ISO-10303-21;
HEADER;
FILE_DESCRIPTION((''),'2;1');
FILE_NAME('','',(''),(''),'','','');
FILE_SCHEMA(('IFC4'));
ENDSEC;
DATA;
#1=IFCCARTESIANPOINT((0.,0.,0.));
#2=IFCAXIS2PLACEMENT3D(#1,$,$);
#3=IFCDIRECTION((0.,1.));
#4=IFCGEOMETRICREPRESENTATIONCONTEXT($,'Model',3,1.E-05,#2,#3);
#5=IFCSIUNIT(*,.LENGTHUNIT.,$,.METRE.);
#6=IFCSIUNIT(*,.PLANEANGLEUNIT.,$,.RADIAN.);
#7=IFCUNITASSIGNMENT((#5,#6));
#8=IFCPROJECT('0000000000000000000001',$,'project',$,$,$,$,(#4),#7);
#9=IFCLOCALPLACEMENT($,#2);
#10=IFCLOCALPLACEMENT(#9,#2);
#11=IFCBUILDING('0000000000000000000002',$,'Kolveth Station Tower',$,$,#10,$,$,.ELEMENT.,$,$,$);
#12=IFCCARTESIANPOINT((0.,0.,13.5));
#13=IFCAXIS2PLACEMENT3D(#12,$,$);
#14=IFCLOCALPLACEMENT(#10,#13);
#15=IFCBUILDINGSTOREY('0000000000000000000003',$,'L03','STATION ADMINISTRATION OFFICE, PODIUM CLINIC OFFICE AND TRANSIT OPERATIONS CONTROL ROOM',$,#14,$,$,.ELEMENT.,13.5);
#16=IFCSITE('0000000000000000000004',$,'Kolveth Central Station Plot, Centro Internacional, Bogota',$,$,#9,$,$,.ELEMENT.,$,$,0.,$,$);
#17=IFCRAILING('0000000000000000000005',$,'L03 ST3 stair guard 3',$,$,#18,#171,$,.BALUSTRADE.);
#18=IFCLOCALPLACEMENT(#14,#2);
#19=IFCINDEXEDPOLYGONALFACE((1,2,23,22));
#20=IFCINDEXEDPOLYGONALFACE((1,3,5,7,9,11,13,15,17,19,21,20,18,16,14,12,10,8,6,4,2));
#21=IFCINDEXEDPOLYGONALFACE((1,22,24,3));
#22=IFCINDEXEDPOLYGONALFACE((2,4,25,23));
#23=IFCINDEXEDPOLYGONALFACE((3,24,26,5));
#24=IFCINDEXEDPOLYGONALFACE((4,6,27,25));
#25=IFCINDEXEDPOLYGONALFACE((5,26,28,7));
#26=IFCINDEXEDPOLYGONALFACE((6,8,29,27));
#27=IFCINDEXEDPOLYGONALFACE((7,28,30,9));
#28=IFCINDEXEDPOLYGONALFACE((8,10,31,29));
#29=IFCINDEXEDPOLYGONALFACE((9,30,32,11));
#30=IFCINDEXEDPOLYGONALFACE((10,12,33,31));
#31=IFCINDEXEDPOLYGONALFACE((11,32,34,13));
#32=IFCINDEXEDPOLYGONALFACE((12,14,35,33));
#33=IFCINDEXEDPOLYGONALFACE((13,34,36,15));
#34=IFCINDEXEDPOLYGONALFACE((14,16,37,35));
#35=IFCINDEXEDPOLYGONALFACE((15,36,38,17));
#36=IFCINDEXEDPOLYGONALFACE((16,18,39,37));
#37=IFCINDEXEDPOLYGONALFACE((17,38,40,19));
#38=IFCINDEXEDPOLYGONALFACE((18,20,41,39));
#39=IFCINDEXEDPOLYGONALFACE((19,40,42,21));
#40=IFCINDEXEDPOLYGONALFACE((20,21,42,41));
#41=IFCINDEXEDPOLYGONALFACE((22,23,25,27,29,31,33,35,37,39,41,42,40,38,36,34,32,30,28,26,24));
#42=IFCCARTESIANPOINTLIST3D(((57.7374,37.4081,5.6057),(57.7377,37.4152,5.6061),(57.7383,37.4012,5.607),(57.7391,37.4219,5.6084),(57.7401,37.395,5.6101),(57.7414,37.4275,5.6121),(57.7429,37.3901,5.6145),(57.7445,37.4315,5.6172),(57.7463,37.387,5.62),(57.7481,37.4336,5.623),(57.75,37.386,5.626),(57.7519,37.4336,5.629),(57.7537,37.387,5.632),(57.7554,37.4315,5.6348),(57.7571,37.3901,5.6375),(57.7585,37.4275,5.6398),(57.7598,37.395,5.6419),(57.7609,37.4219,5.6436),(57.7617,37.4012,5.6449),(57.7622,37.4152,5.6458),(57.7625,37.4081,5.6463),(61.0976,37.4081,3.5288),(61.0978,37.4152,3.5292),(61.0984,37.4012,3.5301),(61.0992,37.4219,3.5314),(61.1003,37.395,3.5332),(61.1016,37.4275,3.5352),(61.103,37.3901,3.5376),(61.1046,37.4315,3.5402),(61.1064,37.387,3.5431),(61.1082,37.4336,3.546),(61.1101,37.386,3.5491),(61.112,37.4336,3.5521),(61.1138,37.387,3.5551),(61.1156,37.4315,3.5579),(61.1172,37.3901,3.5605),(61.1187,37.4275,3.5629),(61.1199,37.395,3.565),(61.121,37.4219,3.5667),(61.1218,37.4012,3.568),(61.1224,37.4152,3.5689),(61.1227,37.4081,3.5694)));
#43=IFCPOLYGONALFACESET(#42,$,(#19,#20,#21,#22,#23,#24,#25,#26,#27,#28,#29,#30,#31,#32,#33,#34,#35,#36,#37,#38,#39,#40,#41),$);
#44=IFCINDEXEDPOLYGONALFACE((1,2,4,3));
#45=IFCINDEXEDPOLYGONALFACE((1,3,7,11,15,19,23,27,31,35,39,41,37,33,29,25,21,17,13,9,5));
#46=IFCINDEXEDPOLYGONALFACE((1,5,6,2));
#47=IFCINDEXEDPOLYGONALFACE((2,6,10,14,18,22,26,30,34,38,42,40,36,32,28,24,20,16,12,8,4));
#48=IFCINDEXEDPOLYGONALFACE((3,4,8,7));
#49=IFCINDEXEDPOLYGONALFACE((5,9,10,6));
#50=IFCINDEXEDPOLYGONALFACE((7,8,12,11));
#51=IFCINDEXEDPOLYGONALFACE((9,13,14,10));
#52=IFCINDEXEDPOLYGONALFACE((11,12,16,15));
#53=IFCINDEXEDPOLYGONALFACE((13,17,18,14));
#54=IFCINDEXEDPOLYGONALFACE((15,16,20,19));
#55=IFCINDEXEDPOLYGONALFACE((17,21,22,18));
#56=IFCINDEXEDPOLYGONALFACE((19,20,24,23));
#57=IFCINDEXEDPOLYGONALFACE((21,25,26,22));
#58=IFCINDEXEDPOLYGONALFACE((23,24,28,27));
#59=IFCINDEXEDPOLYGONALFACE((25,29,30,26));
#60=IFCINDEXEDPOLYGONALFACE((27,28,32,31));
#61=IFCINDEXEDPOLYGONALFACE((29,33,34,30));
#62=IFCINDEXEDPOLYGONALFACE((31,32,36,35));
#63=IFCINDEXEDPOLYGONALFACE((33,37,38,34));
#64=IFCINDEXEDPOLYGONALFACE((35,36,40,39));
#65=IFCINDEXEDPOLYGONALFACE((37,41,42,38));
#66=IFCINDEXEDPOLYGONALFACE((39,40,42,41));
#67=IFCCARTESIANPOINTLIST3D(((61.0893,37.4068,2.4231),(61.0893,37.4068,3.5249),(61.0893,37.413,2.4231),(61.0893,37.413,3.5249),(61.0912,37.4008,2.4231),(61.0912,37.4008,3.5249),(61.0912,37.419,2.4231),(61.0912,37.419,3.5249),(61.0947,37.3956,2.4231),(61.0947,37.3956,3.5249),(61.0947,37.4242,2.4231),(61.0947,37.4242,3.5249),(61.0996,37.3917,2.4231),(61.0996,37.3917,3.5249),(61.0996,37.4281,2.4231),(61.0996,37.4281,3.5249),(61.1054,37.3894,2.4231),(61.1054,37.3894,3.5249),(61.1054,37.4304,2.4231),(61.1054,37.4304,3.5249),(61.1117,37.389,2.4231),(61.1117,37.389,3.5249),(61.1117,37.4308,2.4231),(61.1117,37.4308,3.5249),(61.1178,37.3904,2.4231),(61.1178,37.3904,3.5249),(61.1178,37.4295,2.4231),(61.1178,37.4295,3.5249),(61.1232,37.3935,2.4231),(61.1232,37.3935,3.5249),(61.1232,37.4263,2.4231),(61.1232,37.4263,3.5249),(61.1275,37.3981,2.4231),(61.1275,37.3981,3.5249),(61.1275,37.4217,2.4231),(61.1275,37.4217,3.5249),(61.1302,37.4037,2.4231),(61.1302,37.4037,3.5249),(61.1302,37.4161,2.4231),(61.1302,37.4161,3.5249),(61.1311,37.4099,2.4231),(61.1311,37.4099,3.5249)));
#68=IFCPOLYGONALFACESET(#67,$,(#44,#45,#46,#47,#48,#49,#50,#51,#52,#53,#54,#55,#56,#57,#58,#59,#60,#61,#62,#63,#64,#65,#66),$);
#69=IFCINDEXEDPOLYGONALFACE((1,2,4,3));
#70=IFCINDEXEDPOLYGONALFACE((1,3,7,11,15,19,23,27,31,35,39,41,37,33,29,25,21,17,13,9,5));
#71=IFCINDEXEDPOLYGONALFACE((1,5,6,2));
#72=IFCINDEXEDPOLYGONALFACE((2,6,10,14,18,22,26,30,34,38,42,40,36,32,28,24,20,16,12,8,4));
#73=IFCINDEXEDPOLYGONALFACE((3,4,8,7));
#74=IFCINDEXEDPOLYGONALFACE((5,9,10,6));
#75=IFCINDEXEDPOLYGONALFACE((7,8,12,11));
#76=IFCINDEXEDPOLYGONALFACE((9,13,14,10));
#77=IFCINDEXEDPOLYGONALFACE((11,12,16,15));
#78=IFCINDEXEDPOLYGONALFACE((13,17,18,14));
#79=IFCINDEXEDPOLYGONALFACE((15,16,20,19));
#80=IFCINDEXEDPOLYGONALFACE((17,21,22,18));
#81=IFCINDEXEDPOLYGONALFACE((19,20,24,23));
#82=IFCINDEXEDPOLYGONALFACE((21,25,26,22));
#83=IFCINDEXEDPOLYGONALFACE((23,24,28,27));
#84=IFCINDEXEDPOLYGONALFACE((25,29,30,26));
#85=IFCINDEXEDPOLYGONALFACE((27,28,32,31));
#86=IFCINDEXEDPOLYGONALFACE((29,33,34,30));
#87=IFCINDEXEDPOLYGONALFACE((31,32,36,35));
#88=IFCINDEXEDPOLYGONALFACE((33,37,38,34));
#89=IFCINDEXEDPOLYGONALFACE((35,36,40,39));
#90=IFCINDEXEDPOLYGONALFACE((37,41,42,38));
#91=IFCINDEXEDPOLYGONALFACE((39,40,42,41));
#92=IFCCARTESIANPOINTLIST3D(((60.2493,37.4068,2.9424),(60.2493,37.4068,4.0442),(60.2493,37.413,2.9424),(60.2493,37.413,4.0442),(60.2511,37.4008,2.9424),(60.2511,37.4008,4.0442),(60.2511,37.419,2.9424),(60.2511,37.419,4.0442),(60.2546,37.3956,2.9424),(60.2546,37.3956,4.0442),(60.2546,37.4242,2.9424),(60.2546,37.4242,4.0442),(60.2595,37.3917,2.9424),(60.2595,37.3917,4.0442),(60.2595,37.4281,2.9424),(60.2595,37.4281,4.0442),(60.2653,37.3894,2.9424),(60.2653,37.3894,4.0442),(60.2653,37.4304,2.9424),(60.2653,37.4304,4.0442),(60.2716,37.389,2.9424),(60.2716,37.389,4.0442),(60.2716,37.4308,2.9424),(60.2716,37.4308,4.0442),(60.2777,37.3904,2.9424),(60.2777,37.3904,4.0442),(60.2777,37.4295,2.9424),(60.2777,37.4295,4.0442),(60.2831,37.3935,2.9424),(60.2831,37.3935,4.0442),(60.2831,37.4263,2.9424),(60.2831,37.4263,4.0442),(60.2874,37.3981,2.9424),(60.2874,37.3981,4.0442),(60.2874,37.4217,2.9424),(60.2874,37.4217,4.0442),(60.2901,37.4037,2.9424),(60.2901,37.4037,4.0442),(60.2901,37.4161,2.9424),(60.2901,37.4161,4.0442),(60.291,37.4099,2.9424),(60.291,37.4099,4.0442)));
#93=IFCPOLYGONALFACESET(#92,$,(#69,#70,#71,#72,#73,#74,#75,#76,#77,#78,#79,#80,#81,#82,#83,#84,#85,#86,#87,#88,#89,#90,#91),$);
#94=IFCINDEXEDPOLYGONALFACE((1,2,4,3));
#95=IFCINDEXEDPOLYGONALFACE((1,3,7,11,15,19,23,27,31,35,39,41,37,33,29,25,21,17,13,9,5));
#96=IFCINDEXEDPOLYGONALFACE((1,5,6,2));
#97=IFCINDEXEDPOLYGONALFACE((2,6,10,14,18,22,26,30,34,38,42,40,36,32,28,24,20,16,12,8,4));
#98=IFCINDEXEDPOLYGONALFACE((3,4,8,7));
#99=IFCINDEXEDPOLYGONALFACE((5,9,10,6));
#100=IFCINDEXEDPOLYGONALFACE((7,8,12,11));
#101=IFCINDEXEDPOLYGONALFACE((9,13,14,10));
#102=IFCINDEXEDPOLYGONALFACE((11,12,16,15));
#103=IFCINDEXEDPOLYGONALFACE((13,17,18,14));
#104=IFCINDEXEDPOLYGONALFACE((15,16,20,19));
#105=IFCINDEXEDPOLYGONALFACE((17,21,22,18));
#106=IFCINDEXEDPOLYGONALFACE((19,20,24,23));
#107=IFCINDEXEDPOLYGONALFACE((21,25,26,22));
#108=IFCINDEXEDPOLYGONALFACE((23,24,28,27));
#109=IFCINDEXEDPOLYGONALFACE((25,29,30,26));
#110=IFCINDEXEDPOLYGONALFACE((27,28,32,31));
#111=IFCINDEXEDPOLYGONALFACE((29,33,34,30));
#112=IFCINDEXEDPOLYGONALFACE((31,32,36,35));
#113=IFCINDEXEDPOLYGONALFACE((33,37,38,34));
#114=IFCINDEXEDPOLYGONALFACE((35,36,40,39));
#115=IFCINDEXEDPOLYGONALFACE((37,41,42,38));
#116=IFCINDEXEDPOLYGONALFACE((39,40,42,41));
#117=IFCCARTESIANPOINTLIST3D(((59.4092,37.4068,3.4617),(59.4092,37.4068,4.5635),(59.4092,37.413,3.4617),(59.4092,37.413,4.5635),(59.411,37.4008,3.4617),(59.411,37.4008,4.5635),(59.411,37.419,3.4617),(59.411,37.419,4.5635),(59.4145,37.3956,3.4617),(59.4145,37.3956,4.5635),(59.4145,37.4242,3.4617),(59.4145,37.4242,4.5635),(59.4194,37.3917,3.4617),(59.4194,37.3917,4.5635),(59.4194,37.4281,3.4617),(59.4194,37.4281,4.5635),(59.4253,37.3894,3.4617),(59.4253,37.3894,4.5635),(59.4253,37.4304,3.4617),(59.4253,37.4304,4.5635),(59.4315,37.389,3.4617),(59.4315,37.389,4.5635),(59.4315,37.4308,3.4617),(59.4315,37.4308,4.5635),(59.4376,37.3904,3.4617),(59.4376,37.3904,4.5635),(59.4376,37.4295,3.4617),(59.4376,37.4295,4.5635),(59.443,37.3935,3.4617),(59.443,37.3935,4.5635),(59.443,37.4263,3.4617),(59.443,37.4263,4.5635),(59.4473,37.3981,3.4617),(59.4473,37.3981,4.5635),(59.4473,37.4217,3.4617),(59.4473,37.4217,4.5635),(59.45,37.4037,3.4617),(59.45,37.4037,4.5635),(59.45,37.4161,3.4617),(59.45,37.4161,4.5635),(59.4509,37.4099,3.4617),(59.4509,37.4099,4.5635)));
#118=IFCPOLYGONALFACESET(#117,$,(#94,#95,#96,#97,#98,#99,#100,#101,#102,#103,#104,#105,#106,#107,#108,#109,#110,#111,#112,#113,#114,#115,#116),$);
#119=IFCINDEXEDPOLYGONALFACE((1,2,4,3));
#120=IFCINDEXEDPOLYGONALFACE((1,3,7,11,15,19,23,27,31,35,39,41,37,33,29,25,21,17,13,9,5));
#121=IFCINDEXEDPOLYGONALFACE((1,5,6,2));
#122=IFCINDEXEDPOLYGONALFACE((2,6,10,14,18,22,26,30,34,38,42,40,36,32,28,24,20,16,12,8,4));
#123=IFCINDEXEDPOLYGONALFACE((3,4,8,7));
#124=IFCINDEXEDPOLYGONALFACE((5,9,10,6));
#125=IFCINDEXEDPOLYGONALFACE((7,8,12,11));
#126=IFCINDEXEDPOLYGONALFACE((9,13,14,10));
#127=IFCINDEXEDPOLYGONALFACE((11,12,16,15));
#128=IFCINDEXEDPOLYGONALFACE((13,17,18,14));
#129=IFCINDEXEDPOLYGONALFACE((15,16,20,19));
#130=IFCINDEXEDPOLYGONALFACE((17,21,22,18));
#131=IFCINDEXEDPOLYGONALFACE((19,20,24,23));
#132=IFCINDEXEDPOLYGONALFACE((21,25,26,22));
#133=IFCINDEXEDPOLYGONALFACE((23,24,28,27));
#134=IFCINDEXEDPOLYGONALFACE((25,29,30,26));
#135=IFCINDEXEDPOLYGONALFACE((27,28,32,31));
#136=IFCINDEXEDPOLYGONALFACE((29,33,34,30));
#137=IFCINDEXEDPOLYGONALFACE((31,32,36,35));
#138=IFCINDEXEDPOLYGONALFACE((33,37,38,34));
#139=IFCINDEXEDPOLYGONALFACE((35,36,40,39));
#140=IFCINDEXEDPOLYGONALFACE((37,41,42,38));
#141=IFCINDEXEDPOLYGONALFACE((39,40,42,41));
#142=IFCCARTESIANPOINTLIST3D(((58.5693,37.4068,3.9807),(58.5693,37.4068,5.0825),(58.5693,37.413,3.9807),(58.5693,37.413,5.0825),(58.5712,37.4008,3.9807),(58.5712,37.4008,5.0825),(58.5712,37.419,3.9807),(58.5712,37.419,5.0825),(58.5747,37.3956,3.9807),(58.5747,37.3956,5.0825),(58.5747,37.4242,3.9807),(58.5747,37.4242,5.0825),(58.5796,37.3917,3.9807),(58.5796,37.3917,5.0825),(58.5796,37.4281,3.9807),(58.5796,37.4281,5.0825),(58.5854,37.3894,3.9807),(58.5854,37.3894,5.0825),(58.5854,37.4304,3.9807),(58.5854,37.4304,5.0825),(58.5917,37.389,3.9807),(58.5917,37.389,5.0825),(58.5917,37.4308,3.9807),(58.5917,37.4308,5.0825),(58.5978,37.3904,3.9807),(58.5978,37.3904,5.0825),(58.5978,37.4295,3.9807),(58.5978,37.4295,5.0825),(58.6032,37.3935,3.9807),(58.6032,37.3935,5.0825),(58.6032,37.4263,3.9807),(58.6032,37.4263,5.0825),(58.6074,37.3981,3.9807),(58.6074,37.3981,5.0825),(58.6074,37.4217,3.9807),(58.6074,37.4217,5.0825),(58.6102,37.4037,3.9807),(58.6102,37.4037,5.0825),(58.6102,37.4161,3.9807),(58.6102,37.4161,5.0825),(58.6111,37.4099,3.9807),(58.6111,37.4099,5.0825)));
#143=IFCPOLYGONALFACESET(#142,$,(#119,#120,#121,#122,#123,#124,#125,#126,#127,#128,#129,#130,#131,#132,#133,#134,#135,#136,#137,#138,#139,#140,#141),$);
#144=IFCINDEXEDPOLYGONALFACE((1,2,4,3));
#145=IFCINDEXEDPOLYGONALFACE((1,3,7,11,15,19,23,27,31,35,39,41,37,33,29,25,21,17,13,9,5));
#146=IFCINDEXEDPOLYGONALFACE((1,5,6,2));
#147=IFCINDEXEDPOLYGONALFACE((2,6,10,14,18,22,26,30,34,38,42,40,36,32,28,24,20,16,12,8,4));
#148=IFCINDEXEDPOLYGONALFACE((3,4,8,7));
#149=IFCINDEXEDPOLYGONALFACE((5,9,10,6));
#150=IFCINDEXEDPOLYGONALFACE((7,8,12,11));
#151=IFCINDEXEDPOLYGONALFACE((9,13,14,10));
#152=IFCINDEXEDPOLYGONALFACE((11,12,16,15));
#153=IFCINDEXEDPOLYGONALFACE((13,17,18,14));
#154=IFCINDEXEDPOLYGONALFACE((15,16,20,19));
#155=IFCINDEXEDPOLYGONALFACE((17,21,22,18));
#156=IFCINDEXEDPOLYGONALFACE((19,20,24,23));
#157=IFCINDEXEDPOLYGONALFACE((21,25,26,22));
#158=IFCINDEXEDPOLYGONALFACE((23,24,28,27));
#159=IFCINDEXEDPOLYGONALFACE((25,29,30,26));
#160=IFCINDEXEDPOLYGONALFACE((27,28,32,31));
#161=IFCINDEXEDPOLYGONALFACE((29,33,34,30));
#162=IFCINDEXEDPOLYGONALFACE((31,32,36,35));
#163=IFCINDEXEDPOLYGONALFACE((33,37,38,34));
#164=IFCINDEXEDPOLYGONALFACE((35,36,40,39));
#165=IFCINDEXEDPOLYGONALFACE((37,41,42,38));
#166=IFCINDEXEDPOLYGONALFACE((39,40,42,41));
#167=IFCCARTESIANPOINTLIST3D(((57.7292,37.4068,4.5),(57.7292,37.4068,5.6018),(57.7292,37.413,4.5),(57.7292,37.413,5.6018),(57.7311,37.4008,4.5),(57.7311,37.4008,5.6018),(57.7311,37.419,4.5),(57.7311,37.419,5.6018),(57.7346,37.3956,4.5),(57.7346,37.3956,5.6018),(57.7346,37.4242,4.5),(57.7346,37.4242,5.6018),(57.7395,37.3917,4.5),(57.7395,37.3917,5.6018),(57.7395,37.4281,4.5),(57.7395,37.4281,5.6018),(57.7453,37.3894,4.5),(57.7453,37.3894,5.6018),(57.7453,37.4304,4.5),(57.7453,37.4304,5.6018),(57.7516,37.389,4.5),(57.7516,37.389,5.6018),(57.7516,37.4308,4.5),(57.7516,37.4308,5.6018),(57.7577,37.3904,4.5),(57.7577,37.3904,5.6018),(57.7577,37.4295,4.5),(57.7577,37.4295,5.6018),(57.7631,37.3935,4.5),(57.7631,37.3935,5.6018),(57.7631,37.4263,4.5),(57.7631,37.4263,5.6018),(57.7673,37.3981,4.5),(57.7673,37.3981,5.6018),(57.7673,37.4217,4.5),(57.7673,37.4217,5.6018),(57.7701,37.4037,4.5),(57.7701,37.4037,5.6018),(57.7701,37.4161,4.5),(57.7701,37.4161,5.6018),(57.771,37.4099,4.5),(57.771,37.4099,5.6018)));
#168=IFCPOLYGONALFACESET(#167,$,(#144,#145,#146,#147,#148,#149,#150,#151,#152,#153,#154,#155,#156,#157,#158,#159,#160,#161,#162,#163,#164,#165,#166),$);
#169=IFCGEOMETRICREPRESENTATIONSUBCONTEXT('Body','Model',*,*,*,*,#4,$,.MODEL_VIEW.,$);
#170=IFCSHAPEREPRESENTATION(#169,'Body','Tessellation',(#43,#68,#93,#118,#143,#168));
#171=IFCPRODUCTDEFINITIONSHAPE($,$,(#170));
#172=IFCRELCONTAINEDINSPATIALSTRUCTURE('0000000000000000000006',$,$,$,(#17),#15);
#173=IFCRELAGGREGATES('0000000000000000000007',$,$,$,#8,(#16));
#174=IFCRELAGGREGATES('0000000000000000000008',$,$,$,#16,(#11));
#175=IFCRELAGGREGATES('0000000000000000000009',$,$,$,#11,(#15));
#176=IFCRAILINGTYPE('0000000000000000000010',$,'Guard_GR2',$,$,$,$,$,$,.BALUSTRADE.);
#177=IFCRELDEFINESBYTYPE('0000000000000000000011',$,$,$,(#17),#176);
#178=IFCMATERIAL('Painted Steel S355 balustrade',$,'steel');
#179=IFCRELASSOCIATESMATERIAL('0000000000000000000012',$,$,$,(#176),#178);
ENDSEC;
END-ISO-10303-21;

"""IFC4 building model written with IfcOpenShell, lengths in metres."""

from ifc_helpers import new_model, si_unit, direction, frame, origin, origin_2d, place, context, subcontext, project, spatial, circle, extrude, material, type_object, element, save


model = new_model("IFC4")

# Units and contexts
model_context = context("Model", 3, precision=1e-05, world=origin(), true_north=direction((0.0, 1.0)))
body_context = subcontext(model_context, "Body", "Model", "MODEL_VIEW")
ifc_project = project(units=[si_unit("LENGTHUNIT", "METRE"), si_unit("PLANEANGLEUNIT", "RADIAN")], contexts=[model_context])

# Site, building, storey
site_placement = place(None, origin())
site = spatial("IfcSite", under=ifc_project, at=site_placement, Name="Kolveth Central Station Plot, Centro Internacional, Bogota", CompositionType="ELEMENT", RefElevation=0.0)
building_placement = place(site_placement, origin())
building = spatial("IfcBuilding", under=site, at=building_placement, Name="Kolveth Station Tower", CompositionType="ELEMENT")
storey_placement = place(building_placement, frame((0.0, 0.0, 13.5)))
storey = spatial("IfcBuildingStorey", under=building, at=storey_placement, Name="L03", Description="STATION ADMINISTRATION OFFICE, PODIUM CLINIC OFFICE AND TRANSIT OPERATIONS CONTROL ROOM", CompositionType="ELEMENT", Elevation=13.5)

# Railing
ifc_material_1 = material(Name="Painted Steel S355 balustrade", Category="steel")
railing_type_1 = type_object("IfcRailingType", Name="Guard_GR2", PredefinedType="BALUSTRADE", material=ifc_material_1)
railing_1_placement = place(storey_placement, frame((61.1101, 37.4099, 2.4231)))
element("IfcRailing", 1, at=railing_1_placement, inside=storey, type_object=railing_type_1, Name="L03 ST3 stair guard 3", PredefinedType="BALUSTRADE", context=body_context, shape_type="SweptSolid", body=[
    extrude(circle(Radius=0.0239, at=origin_2d()), frame((0.0, 0.0, 1.126), z_axis=(-0.850623, 0.0, 0.525776), x_axis=(0.0, -1.0, 0.0)), (0.0, 0.0, 1.0), 3.9502),
    extrude(circle(Radius=0.021, at=origin_2d()), origin(), (0.0, 0.0, 1.0), 1.1018),
    extrude(circle(Radius=0.021, at=origin_2d()), frame((-0.8401, 0.0, 0.5193)), (0.0, 0.0, 1.0), 1.1018),
    extrude(circle(Radius=0.021, at=origin_2d()), frame((-1.6802, 0.0, 1.0386)), (0.0, 0.0, 1.0), 1.1018),
    extrude(circle(Radius=0.021, at=origin_2d()), frame((-2.52, 0.0, 1.5576)), (0.0, 0.0, 1.0), 1.1018),
    extrude(circle(Radius=0.021, at=origin_2d()), frame((-3.3601, 0.0, 2.0769)), (0.0, 0.0, 1.0), 1.1018),
])

save(model, "model.ifc")
